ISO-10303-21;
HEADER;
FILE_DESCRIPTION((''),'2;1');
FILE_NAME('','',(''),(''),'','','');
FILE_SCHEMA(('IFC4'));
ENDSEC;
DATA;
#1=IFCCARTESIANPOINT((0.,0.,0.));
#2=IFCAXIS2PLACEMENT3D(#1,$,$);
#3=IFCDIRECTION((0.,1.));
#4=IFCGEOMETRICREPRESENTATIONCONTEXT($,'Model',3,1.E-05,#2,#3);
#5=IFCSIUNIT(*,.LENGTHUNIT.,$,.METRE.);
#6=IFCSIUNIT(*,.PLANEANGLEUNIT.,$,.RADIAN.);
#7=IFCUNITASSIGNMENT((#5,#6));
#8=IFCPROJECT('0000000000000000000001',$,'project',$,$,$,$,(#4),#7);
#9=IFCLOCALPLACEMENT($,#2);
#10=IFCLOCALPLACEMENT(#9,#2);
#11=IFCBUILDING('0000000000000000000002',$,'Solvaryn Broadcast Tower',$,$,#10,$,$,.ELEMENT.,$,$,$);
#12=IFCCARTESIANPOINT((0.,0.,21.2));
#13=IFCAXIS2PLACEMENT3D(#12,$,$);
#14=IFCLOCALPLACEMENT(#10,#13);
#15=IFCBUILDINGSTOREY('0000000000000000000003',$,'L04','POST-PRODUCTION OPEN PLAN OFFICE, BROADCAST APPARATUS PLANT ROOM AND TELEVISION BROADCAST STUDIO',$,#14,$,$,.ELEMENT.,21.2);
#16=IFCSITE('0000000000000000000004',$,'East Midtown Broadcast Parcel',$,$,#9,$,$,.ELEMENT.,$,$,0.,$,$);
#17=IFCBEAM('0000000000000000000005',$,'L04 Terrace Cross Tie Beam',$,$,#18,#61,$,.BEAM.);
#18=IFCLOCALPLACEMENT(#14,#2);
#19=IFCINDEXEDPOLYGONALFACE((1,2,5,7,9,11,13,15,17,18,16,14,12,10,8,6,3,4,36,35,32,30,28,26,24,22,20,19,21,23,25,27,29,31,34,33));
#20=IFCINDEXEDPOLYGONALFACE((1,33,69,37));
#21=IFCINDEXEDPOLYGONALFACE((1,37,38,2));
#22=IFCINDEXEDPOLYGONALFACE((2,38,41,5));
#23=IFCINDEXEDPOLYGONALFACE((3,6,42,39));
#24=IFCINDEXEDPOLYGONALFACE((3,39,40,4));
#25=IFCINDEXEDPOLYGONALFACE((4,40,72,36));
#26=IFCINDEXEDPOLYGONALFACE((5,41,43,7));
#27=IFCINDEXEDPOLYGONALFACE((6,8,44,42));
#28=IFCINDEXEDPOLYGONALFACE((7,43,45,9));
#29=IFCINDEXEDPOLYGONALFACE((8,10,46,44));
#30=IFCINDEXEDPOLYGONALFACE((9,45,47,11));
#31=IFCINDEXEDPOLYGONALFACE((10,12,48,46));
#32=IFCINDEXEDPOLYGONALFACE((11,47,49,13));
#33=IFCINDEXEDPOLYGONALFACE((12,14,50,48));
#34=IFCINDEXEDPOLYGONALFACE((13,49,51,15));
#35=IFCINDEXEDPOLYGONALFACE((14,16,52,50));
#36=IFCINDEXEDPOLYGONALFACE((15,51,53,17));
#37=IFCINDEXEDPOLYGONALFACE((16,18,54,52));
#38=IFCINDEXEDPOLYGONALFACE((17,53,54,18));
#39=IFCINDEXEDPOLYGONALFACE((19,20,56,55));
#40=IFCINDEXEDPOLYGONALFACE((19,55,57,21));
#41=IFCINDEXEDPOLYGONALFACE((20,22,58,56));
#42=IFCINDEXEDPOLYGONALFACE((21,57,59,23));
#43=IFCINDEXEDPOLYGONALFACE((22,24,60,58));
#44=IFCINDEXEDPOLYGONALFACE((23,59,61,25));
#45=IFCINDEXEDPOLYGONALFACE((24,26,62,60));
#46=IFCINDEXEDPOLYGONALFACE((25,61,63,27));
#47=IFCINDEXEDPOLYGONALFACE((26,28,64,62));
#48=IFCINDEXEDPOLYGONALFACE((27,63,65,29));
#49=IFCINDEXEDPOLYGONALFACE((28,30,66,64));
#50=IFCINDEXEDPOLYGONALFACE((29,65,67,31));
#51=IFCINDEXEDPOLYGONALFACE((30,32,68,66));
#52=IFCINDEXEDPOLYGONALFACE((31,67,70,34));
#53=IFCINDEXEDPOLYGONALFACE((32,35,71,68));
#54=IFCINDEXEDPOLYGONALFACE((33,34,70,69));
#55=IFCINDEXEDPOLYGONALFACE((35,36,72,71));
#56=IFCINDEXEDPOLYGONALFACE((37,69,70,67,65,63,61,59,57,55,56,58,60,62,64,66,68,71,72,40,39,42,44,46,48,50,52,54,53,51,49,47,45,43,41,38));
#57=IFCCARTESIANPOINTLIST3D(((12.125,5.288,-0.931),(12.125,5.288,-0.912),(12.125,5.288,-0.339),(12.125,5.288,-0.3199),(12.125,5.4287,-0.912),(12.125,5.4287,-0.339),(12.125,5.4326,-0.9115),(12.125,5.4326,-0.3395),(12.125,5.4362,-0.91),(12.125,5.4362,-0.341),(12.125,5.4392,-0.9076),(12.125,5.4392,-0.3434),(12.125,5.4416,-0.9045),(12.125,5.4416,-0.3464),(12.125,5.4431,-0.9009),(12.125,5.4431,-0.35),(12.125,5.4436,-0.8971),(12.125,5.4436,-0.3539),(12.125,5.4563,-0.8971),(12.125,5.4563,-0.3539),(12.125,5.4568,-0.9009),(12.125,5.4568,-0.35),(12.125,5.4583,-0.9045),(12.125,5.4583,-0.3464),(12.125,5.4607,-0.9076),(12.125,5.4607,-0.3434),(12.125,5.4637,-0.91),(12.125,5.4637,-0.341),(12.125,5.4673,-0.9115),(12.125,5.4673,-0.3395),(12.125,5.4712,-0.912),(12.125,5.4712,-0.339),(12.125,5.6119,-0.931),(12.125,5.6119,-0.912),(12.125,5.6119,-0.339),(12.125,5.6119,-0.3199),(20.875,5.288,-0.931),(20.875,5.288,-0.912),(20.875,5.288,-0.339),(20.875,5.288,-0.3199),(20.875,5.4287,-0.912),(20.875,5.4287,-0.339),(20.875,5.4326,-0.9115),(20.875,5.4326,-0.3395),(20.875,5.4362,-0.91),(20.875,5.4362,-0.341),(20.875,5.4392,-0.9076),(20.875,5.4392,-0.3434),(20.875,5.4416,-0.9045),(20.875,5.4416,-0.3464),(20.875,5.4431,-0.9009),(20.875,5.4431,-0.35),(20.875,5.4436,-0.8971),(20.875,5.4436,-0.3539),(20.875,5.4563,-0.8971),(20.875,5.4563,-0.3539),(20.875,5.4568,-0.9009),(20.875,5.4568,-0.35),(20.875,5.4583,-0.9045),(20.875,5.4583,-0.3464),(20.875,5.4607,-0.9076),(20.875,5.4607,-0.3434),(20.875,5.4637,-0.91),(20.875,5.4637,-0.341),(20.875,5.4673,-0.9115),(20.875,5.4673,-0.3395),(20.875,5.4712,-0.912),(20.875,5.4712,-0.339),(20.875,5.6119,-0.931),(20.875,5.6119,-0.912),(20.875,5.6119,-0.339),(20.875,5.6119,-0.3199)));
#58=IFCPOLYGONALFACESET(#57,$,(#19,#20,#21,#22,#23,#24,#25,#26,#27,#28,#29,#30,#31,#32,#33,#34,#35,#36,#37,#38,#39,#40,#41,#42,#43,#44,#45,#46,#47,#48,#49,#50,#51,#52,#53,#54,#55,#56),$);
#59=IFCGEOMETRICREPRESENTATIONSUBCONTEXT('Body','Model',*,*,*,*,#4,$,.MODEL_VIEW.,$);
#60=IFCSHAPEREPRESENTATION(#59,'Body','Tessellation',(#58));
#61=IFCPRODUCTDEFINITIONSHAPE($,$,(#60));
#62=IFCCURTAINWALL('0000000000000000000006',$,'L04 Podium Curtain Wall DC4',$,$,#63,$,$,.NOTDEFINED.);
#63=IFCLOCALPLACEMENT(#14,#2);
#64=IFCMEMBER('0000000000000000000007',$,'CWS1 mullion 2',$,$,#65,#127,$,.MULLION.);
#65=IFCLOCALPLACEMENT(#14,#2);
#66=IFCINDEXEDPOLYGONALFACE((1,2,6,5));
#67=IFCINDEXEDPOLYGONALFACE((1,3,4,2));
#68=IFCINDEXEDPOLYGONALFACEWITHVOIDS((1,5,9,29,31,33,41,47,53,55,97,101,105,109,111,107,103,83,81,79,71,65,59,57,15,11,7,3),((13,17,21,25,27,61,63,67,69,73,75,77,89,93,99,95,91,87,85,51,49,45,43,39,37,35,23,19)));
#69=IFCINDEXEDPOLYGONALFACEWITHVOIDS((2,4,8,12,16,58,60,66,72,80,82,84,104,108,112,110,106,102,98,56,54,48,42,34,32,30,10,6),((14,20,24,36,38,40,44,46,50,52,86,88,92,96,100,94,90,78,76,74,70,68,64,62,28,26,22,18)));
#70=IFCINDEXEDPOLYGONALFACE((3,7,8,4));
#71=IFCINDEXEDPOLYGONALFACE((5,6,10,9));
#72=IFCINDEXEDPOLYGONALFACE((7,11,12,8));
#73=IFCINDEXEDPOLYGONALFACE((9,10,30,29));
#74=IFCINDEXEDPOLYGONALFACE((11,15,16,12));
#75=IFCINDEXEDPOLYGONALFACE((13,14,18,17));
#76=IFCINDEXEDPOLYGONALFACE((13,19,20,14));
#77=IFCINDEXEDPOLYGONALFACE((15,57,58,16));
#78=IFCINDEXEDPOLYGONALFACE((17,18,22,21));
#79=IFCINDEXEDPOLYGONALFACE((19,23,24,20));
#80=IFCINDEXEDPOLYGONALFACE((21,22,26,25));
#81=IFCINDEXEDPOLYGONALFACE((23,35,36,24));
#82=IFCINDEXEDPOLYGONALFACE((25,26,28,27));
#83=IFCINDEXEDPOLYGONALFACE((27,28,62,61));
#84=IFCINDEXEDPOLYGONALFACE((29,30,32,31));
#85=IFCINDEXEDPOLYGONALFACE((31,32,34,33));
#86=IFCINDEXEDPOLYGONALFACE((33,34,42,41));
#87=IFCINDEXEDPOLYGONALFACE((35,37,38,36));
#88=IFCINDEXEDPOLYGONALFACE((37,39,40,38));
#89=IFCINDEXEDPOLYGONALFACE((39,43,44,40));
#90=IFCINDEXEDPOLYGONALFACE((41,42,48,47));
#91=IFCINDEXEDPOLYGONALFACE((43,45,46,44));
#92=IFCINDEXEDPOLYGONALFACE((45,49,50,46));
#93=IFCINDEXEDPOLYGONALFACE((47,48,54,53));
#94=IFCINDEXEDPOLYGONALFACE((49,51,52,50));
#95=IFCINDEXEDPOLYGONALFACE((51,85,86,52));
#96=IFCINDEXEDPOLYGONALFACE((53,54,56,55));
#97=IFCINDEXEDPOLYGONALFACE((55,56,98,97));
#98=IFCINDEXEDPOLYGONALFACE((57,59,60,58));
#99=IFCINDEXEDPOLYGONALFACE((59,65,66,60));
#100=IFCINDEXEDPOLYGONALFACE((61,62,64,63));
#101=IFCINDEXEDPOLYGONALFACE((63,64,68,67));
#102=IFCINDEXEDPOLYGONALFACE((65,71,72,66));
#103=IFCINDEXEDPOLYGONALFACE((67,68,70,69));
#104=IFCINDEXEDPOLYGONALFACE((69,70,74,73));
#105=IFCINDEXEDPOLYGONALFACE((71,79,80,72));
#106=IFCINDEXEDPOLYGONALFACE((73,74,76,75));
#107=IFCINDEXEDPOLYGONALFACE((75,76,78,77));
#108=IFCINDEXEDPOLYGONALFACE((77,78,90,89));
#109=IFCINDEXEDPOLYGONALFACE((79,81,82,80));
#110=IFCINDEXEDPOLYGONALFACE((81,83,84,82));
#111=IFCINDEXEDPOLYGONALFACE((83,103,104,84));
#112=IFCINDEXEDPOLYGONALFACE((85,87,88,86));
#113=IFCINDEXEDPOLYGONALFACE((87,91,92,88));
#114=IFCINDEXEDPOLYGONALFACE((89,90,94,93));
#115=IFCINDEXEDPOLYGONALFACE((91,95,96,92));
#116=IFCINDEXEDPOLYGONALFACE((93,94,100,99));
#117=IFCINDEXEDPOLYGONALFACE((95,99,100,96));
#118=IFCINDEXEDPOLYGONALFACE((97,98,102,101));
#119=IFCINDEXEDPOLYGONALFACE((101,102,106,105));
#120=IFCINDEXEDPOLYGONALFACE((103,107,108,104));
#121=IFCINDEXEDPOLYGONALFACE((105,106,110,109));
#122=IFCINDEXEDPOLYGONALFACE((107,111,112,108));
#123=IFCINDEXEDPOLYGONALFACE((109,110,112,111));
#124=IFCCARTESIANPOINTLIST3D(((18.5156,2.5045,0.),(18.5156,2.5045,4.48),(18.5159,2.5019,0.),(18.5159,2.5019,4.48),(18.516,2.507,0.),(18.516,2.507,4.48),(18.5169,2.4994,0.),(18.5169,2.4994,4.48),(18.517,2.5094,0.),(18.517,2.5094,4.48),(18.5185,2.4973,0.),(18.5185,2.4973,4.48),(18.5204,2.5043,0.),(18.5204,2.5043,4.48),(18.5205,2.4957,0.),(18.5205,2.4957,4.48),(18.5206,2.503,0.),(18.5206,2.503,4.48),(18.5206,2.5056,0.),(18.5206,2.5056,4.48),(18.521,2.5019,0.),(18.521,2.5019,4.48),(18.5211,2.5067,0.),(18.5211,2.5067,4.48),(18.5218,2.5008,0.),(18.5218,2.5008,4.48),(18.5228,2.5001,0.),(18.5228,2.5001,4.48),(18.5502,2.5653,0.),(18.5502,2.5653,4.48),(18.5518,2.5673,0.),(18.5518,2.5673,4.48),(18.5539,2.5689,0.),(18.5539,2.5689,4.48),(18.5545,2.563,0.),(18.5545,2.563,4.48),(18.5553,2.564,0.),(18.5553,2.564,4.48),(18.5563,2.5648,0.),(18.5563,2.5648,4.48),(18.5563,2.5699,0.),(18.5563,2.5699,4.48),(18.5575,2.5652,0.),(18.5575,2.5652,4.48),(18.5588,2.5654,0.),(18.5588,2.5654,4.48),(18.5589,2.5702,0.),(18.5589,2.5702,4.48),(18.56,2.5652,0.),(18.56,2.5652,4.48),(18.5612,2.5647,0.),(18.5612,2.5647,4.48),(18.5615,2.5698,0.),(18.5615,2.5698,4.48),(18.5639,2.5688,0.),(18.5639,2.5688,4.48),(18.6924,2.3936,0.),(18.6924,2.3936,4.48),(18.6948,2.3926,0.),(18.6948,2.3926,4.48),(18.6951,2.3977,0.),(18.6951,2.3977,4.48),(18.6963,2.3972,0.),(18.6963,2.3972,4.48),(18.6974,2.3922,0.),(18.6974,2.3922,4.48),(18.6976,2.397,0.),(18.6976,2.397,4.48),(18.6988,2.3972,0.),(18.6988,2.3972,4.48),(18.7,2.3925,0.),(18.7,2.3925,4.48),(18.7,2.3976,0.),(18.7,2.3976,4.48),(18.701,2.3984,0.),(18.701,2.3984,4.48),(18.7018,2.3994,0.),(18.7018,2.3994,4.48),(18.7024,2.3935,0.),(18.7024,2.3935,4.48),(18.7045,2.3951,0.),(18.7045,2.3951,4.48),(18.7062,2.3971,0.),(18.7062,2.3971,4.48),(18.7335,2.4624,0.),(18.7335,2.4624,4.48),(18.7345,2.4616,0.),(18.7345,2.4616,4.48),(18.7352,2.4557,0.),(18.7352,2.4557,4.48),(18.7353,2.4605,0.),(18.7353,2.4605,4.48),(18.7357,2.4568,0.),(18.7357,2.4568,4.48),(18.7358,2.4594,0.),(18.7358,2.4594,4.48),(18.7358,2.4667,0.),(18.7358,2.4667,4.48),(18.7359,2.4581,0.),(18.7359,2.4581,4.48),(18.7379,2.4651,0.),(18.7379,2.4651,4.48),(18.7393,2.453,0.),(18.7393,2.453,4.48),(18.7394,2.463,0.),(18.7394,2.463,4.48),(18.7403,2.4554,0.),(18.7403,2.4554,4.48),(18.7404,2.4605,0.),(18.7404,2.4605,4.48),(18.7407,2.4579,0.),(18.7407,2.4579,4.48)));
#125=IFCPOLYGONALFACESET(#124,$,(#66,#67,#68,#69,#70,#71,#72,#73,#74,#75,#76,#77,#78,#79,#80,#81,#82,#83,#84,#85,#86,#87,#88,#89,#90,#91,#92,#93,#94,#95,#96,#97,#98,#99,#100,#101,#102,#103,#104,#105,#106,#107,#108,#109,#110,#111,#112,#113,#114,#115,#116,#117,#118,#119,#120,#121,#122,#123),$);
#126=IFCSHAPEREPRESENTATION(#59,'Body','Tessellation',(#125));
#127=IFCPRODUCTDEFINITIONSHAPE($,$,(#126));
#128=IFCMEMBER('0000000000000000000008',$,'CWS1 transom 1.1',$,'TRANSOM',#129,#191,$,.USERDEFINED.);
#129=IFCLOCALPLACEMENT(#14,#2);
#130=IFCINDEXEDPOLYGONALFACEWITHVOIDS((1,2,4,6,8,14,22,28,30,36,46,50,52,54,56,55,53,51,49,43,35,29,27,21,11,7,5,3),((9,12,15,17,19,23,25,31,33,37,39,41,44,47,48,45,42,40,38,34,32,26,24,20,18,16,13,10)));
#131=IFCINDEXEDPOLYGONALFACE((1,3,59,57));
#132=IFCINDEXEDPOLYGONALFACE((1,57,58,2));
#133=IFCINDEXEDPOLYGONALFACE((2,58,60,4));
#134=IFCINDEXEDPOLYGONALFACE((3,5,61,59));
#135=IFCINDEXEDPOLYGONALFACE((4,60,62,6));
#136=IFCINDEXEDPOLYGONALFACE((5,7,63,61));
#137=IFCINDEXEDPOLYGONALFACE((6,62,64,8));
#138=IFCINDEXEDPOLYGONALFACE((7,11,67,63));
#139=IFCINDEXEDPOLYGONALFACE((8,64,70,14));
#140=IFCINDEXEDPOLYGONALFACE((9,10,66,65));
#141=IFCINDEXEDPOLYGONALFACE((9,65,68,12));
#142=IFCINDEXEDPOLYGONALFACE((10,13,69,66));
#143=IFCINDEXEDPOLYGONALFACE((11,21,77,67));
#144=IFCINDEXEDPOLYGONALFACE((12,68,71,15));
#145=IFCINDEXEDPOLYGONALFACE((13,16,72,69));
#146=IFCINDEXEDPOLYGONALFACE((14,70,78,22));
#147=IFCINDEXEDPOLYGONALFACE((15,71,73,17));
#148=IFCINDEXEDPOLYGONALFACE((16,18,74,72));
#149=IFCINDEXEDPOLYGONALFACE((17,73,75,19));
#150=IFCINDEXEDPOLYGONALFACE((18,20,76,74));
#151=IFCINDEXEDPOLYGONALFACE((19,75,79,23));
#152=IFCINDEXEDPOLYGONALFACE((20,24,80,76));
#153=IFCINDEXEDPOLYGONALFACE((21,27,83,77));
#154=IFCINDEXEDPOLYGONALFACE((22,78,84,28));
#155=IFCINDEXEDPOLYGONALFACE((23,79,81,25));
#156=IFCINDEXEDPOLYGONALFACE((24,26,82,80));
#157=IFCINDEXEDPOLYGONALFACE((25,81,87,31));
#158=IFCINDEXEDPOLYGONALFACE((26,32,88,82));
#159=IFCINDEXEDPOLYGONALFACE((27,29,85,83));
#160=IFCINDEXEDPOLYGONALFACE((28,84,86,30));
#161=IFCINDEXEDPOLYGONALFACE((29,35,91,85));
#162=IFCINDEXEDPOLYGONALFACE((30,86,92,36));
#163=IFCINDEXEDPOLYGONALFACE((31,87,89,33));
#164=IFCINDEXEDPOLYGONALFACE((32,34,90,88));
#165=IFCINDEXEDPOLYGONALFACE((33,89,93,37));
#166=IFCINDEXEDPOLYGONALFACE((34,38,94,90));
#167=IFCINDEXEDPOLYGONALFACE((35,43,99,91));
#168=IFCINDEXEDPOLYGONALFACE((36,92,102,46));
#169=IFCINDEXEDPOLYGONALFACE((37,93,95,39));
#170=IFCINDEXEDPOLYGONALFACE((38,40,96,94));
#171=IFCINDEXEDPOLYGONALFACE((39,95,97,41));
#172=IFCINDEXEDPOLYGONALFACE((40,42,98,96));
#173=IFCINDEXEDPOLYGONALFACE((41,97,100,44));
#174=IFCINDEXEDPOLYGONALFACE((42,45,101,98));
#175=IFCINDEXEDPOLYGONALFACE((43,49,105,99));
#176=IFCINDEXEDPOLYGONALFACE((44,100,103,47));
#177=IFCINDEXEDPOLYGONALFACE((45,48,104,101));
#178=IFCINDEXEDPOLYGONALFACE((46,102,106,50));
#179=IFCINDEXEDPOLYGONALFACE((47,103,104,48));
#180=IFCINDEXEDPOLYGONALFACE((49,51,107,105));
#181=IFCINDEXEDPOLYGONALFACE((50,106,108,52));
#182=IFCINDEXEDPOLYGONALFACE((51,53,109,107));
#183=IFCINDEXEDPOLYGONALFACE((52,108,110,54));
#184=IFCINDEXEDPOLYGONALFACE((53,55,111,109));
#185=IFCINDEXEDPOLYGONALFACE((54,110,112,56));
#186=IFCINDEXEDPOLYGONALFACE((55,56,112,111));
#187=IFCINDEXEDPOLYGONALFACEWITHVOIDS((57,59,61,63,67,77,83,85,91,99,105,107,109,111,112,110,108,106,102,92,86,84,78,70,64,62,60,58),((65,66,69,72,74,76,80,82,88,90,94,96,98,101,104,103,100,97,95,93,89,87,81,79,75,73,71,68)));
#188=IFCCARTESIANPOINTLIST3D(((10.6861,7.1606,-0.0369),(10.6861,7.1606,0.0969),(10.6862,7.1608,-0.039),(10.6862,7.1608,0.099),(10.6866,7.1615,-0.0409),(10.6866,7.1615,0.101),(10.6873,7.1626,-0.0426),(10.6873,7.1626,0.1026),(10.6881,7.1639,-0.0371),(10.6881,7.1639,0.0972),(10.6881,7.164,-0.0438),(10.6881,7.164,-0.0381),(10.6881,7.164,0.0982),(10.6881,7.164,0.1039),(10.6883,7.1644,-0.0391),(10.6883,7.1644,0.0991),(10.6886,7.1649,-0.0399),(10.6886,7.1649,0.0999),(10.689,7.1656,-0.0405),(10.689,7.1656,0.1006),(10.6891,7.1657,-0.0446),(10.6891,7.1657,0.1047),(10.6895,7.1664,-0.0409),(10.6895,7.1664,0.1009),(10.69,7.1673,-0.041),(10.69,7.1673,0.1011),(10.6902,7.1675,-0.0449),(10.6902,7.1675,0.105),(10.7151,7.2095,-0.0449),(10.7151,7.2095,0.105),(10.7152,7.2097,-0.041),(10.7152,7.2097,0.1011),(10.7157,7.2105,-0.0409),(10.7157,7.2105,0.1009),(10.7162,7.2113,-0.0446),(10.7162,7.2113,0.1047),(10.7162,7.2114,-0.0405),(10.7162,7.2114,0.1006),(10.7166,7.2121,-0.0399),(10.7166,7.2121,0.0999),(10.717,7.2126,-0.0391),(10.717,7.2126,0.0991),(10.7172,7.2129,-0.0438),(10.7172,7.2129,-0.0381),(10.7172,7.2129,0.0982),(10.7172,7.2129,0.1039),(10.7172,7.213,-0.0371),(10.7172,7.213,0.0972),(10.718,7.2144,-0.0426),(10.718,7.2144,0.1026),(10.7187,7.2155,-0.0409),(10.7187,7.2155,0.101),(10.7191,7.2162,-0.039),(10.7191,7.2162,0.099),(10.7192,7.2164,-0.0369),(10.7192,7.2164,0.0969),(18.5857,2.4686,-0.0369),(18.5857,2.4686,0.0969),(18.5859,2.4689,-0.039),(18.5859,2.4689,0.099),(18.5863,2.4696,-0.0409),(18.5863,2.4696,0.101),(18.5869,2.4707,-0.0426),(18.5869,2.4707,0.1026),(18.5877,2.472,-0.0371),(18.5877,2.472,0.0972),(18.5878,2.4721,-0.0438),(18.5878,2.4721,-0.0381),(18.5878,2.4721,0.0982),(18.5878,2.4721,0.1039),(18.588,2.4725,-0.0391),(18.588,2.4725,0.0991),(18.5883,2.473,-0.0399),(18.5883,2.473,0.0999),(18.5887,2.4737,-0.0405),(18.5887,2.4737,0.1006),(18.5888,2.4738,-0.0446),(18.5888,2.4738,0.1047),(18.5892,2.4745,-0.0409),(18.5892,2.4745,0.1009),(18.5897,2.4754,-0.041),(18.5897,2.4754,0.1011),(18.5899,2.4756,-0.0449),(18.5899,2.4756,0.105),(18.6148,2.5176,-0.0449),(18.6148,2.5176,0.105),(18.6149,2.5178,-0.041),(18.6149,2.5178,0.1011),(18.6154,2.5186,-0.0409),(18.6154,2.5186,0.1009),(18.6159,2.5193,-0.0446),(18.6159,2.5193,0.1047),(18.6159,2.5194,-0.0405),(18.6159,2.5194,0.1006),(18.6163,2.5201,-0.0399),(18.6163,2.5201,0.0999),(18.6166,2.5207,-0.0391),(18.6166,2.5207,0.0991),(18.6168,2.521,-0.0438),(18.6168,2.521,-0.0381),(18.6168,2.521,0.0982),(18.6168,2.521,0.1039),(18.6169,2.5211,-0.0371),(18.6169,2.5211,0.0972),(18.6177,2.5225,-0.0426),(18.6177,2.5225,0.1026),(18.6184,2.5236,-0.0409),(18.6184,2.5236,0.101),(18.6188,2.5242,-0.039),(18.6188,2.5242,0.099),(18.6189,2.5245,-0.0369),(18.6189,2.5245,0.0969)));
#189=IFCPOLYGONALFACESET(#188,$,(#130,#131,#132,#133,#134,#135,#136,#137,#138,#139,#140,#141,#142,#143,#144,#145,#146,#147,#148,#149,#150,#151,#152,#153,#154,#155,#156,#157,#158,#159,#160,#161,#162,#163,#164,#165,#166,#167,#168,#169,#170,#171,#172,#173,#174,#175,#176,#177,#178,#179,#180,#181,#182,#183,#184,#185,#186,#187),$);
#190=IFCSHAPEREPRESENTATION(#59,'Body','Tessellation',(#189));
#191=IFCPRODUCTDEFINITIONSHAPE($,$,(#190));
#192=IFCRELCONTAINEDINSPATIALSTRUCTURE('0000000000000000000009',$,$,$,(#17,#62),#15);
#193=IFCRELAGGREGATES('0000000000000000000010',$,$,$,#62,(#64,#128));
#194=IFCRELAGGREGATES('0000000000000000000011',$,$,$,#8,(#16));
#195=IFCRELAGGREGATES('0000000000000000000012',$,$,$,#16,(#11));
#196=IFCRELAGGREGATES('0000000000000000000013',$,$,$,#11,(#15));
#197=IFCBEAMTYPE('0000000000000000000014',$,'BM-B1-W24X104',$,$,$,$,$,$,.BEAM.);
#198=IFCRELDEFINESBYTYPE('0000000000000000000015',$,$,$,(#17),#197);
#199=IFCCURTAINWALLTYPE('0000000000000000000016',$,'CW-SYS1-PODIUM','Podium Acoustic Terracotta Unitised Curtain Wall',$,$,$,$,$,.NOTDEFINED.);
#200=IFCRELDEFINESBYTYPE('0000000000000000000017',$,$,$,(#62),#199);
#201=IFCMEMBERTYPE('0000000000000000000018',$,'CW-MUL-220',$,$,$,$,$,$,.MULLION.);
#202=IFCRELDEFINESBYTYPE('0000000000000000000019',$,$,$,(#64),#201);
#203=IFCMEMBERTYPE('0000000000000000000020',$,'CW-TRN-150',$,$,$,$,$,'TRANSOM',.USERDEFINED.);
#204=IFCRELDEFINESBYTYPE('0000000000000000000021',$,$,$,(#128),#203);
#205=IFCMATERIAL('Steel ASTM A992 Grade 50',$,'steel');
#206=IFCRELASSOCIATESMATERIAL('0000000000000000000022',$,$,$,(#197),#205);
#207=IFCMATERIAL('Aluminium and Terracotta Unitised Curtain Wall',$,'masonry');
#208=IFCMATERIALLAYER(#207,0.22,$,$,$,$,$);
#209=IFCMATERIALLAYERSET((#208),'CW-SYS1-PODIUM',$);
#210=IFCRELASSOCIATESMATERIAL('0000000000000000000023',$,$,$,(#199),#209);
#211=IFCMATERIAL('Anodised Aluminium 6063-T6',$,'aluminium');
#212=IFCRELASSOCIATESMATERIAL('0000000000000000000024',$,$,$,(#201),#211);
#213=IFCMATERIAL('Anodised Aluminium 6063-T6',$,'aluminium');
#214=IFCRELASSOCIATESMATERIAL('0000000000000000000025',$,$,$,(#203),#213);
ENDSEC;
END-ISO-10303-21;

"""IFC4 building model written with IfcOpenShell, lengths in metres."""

from ifc_helpers import new_model, si_unit, direction, frame, origin, origin_2d, place, context, subcontext, project, spatial, hollow_rectangle, i_section, extrude, material, layer, layer_set, material_profile, profile_set, type_object, element, aggregate, save


model = new_model("IFC4")

# Units and contexts
model_context = context("Model", 3, precision=1e-05, world=origin(), true_north=direction((0.0, 1.0)))
body_context = subcontext(model_context, "Body", "Model", "MODEL_VIEW")
ifc_project = project(units=[si_unit("LENGTHUNIT", "METRE"), si_unit("PLANEANGLEUNIT", "RADIAN")], contexts=[model_context])

# Site, building, storey
site_placement = place(None, origin())
site = spatial("IfcSite", under=ifc_project, at=site_placement, Name="East Midtown Broadcast Parcel", CompositionType="ELEMENT", RefElevation=0.0)
building_placement = place(site_placement, origin())
building = spatial("IfcBuilding", under=site, at=building_placement, Name="Solvaryn Broadcast Tower", CompositionType="ELEMENT")
storey_placement = place(building_placement, frame((0.0, 0.0, 21.2)))
storey = spatial("IfcBuildingStorey", under=building, at=storey_placement, Name="L04", Description="POST-PRODUCTION OPEN PLAN OFFICE, BROADCAST APPARATUS PLANT ROOM AND TELEVISION BROADCAST STUDIO", CompositionType="ELEMENT", Elevation=21.2)

# Beam
ifc_material_1 = material(Name="Steel ASTM A992 Grade 50", Category="steel")
ifc_material_profile_1 = material_profile(ifc_material_1, i_section(OverallWidth=0.324, OverallDepth=0.6111, WebThickness=0.0127, FlangeThickness=0.019, FilletRadius=0.0149, at=origin_2d()))
ifc_profile_set_1 = profile_set([ifc_material_profile_1], Name="Steel ASTM A992 Grade 50")
beam_type = type_object("IfcBeamType", Name="BM-B1-W24X104", PredefinedType="BEAM", material=ifc_profile_set_1)
beam_placement = place(storey_placement, frame((12.125, 5.45, -0.6255), z_axis=(1.0, 0.0, 0.0), x_axis=(0.0, 1.0, 0.0)))
element("IfcBeam", 1, at=beam_placement, inside=storey, type_object=beam_type, Name="L04 Terrace Cross Tie Beam", PredefinedType="BEAM", context=body_context, shape_type="SweptSolid", body=[
    extrude(i_section(OverallWidth=0.324, OverallDepth=0.6111, WebThickness=0.0127, FlangeThickness=0.019, FilletRadius=0.0149, at=origin_2d()), origin(), (0.0, 0.0, 1.0), 8.75),
])

# Curtain wall, members
ifc_material_2 = material(Name="Aluminium and Terracotta Unitised Curtain Wall", Category="masonry")
ifc_layer_1 = layer(ifc_material_2, 0.22)
ifc_layer_set_1 = layer_set([ifc_layer_1], Name="CW-SYS1-PODIUM")
curtain_wall_type = type_object("IfcCurtainWallType", Name="CW-SYS1-PODIUM", Description="Podium Acoustic Terracotta Unitised Curtain Wall", PredefinedType="NOTDEFINED", material=ifc_layer_set_1)
curtain_wall_placement = place(storey_placement, origin())
curtain_wall = element("IfcCurtainWall", 2, at=curtain_wall_placement, inside=storey, type_object=curtain_wall_type, Name="L04 Podium Curtain Wall DC4", PredefinedType="NOTDEFINED")
ifc_material_3 = material(Name="Anodised Aluminium 6063-T6", Category="aluminium")
ifc_material_profile_2 = material_profile(ifc_material_3, hollow_rectangle(XDim=0.085, YDim=0.22, WallThickness=0.0049, InnerFilletRadius=0.0049, OuterFilletRadius=0.01, at=origin_2d()))
ifc_profile_set_2 = profile_set([ifc_material_profile_2], Name="Anodised Aluminium 6063-T6")
member_type_1 = type_object("IfcMemberType", Name="CW-MUL-220", PredefinedType="MULLION", material=ifc_profile_set_2)
member_1_placement = place(storey_placement, frame((18.6282, 2.4812, 0.0), z_axis=(0.0, 0.0, 1.0), x_axis=(0.510636, 0.859797, 0.0)))
member_1 = element("IfcMember", 3, at=member_1_placement, type_object=member_type_1, Name="CWS1 mullion 2", PredefinedType="MULLION", context=body_context, shape_type="SweptSolid", body=[
    extrude(hollow_rectangle(XDim=0.085, YDim=0.22, WallThickness=0.0049, InnerFilletRadius=0.0049, OuterFilletRadius=0.01, at=origin_2d()), origin(), (0.0, 0.0, 1.0), 4.48),
])
ifc_material_4 = material(Name="Anodised Aluminium 6063-T6", Category="aluminium")
ifc_material_profile_3 = material_profile(ifc_material_4, hollow_rectangle(XDim=0.0649, YDim=0.1499, WallThickness=0.0039, InnerFilletRadius=0.0039, OuterFilletRadius=0.0081, at=origin_2d()))
ifc_profile_set_3 = profile_set([ifc_material_profile_3], Name="Anodised Aluminium 6063-T6")
member_type_2 = type_object("IfcMemberType", Name="CW-TRN-150", ElementType="TRANSOM", PredefinedType="USERDEFINED", material=ifc_profile_set_3)
member_2_placement = place(storey_placement, frame((10.7026, 7.1885, 0.03), z_axis=(0.859784, -0.510657, 0.0), x_axis=(0.510657, 0.859784, 0.0)))
member_2 = element("IfcMember", 4, at=member_2_placement, type_object=member_type_2, Name="CWS1 transom 1.1", ObjectType="TRANSOM", PredefinedType="USERDEFINED", context=body_context, shape_type="SweptSolid", body=[
    extrude(hollow_rectangle(XDim=0.0649, YDim=0.1499, WallThickness=0.0039, InnerFilletRadius=0.0039, OuterFilletRadius=0.0081, at=origin_2d()), origin(), (0.0, 0.0, 1.0), 9.188),
])
aggregate(curtain_wall, [member_1, member_2])

save(model, "model.ifc")
